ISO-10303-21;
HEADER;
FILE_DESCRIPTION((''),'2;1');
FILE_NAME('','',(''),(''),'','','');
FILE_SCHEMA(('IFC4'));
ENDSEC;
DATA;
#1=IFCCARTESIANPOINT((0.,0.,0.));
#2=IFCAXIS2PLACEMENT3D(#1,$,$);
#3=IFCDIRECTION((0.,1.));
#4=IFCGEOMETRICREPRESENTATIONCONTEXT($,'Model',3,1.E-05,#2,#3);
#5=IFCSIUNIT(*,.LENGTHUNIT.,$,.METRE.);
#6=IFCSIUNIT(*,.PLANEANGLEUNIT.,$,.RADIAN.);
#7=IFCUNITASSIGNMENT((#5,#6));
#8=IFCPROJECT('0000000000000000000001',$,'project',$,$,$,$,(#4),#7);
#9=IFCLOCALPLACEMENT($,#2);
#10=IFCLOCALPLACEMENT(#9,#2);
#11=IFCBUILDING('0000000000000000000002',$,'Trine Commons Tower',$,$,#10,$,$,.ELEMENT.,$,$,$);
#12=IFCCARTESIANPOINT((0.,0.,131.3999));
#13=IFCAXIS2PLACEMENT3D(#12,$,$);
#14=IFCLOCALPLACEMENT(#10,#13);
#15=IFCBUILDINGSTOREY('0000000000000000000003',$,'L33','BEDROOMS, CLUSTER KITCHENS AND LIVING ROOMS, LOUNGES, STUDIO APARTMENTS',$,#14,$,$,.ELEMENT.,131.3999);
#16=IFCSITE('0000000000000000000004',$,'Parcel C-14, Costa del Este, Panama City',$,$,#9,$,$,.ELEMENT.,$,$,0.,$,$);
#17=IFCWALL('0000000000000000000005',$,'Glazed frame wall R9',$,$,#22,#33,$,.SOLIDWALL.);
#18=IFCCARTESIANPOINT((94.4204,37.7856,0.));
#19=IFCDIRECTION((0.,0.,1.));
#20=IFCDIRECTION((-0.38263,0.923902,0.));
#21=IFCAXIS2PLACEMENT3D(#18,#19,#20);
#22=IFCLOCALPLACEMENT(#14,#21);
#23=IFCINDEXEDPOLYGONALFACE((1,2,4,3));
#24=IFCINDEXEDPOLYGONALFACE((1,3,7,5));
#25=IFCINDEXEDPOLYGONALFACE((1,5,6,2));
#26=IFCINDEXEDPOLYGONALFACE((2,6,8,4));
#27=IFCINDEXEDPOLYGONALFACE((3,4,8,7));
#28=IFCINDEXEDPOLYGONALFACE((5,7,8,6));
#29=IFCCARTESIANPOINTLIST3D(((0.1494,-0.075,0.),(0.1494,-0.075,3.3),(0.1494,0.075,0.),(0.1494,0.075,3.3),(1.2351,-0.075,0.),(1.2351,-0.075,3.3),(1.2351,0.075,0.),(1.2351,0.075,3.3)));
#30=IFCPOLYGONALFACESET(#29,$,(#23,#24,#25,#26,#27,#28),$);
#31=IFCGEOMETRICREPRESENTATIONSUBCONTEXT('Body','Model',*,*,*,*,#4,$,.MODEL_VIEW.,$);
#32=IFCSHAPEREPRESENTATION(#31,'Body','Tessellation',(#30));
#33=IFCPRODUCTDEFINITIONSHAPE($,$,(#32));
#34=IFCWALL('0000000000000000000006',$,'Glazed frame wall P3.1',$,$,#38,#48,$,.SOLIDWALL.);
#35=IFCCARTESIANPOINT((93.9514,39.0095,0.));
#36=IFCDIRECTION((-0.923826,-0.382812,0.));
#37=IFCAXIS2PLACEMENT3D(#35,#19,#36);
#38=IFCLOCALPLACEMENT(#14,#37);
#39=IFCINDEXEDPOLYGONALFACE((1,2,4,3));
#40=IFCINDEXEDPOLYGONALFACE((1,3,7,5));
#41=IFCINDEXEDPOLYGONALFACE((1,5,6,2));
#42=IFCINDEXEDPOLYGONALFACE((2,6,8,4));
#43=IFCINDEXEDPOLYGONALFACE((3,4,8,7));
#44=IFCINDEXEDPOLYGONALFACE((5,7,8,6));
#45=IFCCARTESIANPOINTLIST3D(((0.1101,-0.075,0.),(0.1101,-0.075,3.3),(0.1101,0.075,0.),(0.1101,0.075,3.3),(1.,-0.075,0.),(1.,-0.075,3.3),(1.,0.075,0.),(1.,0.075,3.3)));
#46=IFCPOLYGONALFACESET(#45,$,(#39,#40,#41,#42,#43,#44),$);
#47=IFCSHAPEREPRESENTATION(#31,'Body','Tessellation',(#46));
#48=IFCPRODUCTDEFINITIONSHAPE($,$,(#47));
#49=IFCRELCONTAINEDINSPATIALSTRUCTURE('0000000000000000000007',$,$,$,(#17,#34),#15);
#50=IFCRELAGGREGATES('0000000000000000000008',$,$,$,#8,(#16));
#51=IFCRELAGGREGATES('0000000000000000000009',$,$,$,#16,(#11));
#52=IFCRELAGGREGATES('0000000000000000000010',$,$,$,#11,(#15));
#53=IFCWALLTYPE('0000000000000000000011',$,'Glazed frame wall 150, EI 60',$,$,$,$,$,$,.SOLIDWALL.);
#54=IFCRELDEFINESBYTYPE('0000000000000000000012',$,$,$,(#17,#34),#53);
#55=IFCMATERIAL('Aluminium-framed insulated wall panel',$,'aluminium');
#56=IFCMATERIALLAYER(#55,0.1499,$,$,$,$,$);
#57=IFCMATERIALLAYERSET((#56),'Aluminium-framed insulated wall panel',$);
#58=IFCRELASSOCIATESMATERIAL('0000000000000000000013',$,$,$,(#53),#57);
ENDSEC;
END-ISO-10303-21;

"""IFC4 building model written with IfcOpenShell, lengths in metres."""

from ifc_helpers import new_model, si_unit, direction, frame, origin, place, context, subcontext, project, spatial, polyline, outline, extrude, material, layer, layer_set, type_object, element, save


model = new_model("IFC4")

# Units and contexts
model_context = context("Model", 3, precision=1e-05, world=origin(), true_north=direction((0.0, 1.0)))
body_context = subcontext(model_context, "Body", "Model", "MODEL_VIEW")
ifc_project = project(units=[si_unit("LENGTHUNIT", "METRE"), si_unit("PLANEANGLEUNIT", "RADIAN")], contexts=[model_context])

# Site, building, storey
site_placement = place(None, origin())
site = spatial("IfcSite", under=ifc_project, at=site_placement, Name="Parcel C-14, Costa del Este, Panama City", CompositionType="ELEMENT", RefElevation=0.0)
building_placement = place(site_placement, origin())
building = spatial("IfcBuilding", under=site, at=building_placement, Name="Trine Commons Tower", CompositionType="ELEMENT")
storey_placement = place(building_placement, frame((0.0, 0.0, 131.3999)))
storey = spatial("IfcBuildingStorey", under=building, at=storey_placement, Name="L33", Description="BEDROOMS, CLUSTER KITCHENS AND LIVING ROOMS, LOUNGES, STUDIO APARTMENTS", CompositionType="ELEMENT", Elevation=131.3999)

# Walls
ifc_material_1 = material(Name="Aluminium-framed insulated wall panel", Category="aluminium")
ifc_layer_1 = layer(ifc_material_1, 0.1499)
ifc_layer_set_1 = layer_set([ifc_layer_1], Name="Aluminium-framed insulated wall panel")
wall_type_1 = type_object("IfcWallType", Name="Glazed frame wall 150, EI 60", PredefinedType="SOLIDWALL", material=ifc_layer_set_1)
wall_1_placement = place(storey_placement, frame((94.4204, 37.7856, 0.0), z_axis=(0.0, 0.0, 1.0), x_axis=(-0.38263, 0.923902, 0.0)))
element("IfcWall", 1, at=wall_1_placement, inside=storey, type_object=wall_type_1, Name="Glazed frame wall R9", PredefinedType="SOLIDWALL", context=body_context, shape_type="SweptSolid", body=[
    extrude(outline(polyline([(0.1494, 0.075), (0.1494, -0.075), (1.2351, -0.075), (1.2351, 0.075), (0.1494, 0.075)])), origin(), (0.0, 0.0, 1.0), 3.3),
])
wall_2_placement = place(storey_placement, frame((93.9514, 39.0095, 0.0), z_axis=(0.0, 0.0, 1.0), x_axis=(-0.923826, -0.382812, 0.0)))
element("IfcWall", 2, at=wall_2_placement, inside=storey, type_object=wall_type_1, Name="Glazed frame wall P3.1", PredefinedType="SOLIDWALL", context=body_context, shape_type="SweptSolid", body=[
    extrude(outline(polyline([(0.1101, -0.075), (1.0, -0.075), (1.0, 0.075), (0.1101, 0.075), (0.1101, -0.075)])), origin(), (0.0, 0.0, 1.0), 3.3),
])

save(model, "model.ifc")
